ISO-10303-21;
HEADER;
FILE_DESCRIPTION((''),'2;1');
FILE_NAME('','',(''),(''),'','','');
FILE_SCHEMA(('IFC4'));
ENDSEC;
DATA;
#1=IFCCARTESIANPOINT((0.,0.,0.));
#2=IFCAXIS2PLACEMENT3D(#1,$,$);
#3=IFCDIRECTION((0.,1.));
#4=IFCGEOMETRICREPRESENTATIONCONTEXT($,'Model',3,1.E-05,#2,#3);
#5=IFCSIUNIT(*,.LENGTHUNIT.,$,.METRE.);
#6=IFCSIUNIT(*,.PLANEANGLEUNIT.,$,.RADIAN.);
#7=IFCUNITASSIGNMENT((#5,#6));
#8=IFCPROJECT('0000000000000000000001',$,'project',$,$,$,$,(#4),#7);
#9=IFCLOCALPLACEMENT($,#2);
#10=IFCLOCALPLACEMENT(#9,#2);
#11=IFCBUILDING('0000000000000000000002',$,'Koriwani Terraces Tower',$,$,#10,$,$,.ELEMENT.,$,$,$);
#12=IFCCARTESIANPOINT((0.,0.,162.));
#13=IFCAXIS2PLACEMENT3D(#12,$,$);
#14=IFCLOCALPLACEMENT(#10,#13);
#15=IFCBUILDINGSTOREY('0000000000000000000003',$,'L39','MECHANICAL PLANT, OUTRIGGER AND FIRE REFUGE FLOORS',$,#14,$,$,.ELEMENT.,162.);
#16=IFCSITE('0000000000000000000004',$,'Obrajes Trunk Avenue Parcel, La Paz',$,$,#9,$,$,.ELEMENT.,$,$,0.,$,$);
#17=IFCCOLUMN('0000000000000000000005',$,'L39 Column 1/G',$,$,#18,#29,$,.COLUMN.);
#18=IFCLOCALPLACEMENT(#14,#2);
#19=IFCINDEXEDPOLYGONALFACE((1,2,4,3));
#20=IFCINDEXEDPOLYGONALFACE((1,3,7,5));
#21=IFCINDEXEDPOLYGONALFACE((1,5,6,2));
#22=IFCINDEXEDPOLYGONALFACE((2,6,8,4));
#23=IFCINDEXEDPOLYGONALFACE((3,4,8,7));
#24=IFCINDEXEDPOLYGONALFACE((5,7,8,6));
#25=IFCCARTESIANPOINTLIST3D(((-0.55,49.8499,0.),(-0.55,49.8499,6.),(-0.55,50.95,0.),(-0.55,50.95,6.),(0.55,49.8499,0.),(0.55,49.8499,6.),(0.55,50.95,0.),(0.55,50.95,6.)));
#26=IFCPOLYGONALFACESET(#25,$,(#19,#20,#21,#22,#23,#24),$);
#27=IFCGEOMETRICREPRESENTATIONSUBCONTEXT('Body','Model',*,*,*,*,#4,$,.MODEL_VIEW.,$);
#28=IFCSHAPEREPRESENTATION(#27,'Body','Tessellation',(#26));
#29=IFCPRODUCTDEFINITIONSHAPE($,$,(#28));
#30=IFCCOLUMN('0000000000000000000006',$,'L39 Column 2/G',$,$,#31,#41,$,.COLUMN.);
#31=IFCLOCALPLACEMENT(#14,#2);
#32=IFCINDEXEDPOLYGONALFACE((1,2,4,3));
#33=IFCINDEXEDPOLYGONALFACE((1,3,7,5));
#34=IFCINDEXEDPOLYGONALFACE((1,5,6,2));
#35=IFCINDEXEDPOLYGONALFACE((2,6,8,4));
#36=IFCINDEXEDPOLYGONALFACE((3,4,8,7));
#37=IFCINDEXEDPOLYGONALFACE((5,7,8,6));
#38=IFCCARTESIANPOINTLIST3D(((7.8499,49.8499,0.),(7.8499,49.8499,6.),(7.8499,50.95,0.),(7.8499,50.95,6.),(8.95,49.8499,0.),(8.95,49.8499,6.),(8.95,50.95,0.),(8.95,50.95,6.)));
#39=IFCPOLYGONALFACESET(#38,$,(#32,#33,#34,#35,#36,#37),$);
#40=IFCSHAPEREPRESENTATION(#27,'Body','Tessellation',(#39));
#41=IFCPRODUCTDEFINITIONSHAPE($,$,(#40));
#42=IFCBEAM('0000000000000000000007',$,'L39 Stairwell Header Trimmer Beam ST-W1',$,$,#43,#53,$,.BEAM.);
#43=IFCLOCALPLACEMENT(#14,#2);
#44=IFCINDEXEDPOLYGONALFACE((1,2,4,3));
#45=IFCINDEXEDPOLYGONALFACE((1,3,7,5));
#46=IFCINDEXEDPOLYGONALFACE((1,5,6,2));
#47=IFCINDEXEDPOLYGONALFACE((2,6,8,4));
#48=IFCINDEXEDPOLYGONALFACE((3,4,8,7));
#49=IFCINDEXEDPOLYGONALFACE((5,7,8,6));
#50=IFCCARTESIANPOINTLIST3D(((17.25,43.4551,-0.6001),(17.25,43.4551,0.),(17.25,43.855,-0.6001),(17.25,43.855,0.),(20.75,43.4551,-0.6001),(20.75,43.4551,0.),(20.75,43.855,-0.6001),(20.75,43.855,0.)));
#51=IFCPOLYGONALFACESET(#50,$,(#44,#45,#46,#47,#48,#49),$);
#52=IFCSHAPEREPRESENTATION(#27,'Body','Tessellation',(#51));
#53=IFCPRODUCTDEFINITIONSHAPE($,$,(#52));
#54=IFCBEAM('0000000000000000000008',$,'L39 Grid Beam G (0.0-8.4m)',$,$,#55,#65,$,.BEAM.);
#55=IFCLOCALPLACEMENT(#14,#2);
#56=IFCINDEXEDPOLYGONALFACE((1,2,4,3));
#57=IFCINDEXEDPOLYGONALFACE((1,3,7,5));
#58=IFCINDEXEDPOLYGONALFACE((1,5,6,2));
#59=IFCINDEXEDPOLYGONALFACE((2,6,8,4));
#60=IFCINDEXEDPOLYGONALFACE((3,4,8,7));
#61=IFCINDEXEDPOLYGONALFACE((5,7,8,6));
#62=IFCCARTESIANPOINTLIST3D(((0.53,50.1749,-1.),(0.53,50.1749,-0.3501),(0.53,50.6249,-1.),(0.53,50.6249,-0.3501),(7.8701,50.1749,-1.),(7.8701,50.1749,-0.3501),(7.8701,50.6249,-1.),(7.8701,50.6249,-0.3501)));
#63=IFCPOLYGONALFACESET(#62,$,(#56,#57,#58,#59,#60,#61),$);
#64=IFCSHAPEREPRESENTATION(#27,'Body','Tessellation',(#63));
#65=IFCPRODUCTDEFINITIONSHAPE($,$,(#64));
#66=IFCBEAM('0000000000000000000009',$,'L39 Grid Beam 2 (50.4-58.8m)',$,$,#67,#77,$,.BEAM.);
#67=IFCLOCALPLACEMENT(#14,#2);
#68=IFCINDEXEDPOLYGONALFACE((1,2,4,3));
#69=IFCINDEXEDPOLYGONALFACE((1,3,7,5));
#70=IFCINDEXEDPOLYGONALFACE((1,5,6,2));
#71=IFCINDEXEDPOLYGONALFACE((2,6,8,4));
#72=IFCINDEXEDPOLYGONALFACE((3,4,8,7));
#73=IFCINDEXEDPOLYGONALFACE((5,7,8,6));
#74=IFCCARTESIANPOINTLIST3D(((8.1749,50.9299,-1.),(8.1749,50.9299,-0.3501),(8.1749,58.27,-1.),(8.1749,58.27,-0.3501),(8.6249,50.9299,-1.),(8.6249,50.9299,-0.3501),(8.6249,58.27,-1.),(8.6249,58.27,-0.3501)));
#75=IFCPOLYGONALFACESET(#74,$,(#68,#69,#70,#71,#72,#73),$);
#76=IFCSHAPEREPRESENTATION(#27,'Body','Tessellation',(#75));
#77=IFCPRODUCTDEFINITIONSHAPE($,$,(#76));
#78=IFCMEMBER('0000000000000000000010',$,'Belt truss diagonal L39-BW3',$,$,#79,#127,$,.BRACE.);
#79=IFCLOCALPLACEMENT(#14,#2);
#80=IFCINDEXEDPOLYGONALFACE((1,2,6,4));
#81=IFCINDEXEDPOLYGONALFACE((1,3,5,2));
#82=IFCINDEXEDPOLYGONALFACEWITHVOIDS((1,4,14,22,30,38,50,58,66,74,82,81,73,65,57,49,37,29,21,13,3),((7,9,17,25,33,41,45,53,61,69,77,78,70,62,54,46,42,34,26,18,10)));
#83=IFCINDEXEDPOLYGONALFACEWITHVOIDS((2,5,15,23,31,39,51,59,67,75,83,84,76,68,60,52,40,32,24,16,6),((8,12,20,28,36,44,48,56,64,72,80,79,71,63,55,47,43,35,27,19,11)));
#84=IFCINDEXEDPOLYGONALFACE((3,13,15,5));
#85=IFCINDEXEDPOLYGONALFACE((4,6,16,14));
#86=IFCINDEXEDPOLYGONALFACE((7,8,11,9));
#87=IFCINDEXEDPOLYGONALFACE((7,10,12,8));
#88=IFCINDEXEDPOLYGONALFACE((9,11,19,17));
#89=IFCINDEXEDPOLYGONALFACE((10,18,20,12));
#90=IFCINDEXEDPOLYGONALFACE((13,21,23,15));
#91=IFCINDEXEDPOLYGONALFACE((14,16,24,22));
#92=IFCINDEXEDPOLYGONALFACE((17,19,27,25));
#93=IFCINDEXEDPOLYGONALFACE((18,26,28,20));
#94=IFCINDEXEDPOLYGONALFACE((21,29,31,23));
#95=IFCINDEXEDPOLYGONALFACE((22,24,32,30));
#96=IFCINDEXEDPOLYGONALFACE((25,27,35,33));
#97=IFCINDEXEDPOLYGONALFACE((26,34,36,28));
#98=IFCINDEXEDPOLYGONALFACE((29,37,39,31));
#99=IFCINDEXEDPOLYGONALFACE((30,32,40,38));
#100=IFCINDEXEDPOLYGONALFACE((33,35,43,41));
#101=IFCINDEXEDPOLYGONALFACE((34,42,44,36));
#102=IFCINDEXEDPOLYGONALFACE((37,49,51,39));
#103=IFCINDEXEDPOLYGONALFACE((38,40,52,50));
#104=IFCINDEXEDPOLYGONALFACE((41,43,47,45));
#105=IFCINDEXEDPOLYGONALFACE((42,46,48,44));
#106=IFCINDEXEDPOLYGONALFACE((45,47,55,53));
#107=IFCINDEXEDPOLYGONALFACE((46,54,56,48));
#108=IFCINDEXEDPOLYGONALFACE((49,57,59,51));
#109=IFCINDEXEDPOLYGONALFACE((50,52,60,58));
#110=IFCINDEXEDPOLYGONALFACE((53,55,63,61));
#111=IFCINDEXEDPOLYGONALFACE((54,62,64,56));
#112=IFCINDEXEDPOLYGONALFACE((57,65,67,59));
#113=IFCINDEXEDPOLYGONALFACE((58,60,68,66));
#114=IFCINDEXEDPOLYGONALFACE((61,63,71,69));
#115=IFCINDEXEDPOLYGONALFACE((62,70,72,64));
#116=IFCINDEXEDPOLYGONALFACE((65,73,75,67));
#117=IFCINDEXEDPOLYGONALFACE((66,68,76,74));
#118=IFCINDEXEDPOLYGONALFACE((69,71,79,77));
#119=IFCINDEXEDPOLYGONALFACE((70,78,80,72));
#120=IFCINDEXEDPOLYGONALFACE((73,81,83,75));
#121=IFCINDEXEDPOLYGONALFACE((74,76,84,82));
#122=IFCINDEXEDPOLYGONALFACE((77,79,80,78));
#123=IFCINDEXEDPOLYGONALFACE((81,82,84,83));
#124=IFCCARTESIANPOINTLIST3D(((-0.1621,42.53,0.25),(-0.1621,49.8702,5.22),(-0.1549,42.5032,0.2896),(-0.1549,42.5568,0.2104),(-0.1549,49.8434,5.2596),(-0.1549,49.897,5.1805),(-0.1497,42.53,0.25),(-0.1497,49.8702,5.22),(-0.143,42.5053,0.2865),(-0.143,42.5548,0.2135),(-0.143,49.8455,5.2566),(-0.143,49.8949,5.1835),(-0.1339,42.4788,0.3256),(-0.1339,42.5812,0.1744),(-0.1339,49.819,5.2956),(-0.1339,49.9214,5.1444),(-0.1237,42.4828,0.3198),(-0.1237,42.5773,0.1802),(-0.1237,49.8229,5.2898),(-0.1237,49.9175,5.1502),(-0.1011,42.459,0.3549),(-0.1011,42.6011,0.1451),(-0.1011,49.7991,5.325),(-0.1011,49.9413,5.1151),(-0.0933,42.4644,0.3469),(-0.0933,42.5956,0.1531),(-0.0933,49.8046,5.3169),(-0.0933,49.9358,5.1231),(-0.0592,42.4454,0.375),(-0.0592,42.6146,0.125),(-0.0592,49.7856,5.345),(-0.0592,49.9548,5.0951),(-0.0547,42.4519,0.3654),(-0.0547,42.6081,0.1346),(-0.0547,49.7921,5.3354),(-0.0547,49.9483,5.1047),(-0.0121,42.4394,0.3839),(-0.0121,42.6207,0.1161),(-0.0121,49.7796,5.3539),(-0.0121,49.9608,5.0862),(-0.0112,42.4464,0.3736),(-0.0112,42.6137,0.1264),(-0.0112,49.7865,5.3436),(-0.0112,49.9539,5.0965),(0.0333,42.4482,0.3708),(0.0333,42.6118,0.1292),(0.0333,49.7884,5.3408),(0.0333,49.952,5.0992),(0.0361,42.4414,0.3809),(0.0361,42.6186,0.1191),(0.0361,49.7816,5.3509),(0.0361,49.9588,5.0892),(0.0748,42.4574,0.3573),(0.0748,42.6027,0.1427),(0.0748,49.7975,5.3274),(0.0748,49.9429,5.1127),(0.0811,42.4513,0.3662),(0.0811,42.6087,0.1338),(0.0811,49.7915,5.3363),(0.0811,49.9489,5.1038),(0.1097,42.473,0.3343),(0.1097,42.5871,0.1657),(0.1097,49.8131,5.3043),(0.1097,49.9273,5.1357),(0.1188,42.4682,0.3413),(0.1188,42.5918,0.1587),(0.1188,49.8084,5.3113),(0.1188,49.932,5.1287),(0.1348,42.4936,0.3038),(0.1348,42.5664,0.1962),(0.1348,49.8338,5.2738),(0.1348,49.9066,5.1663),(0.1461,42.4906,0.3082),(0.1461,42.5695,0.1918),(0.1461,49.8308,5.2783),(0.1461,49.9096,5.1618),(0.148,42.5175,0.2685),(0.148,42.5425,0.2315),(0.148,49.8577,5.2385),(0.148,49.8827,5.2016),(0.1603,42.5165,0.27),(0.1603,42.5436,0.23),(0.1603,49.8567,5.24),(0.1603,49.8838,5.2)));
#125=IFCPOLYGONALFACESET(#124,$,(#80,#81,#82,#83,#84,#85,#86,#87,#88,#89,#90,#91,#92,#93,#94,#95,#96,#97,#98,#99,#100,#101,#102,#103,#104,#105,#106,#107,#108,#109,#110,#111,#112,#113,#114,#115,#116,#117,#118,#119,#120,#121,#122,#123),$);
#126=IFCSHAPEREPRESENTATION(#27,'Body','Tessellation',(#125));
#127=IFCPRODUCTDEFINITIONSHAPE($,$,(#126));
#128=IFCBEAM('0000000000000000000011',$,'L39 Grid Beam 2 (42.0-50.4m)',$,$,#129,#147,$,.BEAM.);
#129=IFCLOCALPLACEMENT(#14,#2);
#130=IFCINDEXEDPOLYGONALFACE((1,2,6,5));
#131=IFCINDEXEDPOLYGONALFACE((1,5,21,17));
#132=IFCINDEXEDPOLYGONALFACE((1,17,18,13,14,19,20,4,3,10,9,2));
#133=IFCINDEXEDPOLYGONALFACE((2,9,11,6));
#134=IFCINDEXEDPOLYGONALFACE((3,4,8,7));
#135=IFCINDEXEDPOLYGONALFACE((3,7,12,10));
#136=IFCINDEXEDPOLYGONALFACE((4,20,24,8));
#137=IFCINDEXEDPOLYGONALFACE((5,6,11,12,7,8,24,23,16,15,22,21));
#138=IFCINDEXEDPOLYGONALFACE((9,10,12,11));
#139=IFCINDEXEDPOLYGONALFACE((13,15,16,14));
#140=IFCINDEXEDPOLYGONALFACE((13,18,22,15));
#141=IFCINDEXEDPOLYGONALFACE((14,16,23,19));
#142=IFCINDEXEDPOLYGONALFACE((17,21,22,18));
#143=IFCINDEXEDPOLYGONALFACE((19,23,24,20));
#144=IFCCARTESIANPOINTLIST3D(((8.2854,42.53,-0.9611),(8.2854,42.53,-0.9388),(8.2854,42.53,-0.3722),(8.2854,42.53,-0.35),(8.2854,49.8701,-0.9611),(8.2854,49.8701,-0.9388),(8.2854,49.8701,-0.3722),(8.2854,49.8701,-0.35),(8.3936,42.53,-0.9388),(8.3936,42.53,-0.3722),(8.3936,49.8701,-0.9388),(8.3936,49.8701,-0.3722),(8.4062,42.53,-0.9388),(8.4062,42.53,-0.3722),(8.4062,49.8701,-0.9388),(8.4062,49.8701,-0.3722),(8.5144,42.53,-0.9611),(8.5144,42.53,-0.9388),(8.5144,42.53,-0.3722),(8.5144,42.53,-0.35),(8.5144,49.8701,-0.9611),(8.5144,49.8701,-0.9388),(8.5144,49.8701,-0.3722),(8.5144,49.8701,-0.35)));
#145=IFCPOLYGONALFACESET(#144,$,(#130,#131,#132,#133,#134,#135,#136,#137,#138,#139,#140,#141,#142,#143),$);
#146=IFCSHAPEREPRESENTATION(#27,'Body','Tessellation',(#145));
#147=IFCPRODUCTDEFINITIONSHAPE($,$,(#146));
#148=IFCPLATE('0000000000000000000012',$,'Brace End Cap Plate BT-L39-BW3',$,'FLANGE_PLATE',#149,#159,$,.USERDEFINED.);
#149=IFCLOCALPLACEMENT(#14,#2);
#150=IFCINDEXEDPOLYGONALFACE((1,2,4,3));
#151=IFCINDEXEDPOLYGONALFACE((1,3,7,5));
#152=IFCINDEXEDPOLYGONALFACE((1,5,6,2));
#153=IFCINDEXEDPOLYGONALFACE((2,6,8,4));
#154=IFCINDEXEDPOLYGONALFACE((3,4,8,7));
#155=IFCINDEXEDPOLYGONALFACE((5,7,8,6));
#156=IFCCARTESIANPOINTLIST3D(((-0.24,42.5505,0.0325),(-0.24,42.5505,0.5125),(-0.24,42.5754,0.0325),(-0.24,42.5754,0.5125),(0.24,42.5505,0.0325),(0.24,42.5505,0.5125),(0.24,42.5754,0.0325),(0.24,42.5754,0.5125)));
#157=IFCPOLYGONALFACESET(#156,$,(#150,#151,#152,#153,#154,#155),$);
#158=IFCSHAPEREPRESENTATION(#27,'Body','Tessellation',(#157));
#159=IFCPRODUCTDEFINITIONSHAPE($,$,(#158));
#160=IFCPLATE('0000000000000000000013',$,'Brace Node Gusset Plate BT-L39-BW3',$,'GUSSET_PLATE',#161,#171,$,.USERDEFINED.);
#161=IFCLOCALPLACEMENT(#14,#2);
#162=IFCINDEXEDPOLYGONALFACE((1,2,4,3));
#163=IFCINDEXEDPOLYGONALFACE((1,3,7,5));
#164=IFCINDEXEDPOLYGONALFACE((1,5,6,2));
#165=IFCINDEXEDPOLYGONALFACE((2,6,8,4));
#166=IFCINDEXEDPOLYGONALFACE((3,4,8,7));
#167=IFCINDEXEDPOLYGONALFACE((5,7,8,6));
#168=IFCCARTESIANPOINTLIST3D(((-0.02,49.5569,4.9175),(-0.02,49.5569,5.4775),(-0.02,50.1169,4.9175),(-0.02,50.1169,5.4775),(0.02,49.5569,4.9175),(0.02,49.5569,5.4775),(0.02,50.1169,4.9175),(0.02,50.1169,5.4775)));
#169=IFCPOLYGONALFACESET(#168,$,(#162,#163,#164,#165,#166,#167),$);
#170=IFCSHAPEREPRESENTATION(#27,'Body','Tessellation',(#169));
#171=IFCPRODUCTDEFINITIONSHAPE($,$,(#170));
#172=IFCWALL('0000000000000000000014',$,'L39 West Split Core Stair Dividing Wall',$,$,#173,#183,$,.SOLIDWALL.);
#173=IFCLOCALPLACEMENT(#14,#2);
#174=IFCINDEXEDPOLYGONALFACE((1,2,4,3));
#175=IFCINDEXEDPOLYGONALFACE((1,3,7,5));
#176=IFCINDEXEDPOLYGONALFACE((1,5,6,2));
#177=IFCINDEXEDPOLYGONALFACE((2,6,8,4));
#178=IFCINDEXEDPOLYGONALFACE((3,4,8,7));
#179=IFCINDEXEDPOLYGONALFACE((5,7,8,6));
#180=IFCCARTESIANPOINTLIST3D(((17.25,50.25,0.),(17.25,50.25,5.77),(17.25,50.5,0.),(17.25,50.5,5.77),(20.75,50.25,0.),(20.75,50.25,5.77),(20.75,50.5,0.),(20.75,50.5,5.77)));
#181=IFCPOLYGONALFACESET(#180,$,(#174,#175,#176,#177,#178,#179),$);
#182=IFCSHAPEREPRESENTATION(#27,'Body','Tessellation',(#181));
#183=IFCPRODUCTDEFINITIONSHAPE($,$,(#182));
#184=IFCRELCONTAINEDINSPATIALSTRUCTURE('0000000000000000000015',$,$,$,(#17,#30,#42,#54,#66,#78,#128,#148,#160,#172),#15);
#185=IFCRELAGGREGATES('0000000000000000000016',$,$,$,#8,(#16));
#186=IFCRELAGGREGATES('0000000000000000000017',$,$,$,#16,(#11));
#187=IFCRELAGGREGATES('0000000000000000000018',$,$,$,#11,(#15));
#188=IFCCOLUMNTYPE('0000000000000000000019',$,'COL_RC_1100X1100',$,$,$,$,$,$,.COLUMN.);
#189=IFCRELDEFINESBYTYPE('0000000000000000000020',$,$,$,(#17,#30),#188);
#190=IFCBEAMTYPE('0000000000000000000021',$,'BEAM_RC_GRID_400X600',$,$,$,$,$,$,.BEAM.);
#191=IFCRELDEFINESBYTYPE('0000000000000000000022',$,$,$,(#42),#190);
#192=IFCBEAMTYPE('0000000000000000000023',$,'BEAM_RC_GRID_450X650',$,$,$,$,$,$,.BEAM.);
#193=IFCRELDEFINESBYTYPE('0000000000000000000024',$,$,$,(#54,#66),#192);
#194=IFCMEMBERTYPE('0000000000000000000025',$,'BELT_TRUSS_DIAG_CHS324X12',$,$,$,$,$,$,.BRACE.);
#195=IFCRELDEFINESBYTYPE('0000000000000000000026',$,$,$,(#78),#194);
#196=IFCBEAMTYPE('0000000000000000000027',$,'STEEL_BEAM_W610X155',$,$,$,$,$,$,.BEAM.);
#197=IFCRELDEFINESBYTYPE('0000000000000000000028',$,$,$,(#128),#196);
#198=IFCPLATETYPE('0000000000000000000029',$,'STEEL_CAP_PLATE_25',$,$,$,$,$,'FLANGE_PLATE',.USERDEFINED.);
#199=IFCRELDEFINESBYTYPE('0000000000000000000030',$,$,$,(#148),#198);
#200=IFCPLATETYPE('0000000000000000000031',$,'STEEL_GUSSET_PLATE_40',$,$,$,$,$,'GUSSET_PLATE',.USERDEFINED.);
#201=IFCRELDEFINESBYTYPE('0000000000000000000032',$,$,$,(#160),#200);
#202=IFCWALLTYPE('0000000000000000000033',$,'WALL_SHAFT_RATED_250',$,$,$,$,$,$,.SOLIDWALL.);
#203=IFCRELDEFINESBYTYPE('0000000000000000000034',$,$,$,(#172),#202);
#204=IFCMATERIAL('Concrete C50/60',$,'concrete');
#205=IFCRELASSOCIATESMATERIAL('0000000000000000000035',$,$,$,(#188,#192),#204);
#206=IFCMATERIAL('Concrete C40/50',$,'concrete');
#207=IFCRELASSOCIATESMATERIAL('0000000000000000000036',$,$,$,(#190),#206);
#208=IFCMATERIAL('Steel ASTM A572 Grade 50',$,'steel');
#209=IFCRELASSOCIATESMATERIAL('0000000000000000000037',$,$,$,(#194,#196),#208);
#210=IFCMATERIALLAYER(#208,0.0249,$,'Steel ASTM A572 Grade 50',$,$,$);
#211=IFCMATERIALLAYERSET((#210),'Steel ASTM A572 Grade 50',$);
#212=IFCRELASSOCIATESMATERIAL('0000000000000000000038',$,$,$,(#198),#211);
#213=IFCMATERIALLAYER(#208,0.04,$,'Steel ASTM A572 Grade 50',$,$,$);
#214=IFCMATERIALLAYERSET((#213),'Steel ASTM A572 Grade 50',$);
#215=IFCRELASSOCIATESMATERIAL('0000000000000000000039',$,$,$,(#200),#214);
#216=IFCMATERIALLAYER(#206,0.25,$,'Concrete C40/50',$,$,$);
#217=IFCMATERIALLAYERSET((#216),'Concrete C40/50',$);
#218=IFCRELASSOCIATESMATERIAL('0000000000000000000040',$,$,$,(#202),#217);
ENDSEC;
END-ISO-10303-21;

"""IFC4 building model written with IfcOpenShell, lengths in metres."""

from ifc_helpers import new_model, si_unit, direction, frame, frame_2d, origin, origin_2d, place, context, subcontext, project, spatial, rectangle, hollow_circle, i_section, extrude, material, layer, layer_set, material_profile, profile_set, type_object, element, save


model = new_model("IFC4")

# Units and contexts
model_context = context("Model", 3, precision=1e-05, world=origin(), true_north=direction((0.0, 1.0)))
body_context = subcontext(model_context, "Body", "Model", "MODEL_VIEW")
ifc_project = project(units=[si_unit("LENGTHUNIT", "METRE"), si_unit("PLANEANGLEUNIT", "RADIAN")], contexts=[model_context])

# Site, building, storey
site_placement = place(None, origin())
site = spatial("IfcSite", under=ifc_project, at=site_placement, Name="Obrajes Trunk Avenue Parcel, La Paz", CompositionType="ELEMENT", RefElevation=0.0)
building_placement = place(site_placement, origin())
building = spatial("IfcBuilding", under=site, at=building_placement, Name="Koriwani Terraces Tower", CompositionType="ELEMENT")
storey_placement = place(building_placement, frame((0.0, 0.0, 162.0)))
storey = spatial("IfcBuildingStorey", under=building, at=storey_placement, Name="L39", Description="MECHANICAL PLANT, OUTRIGGER AND FIRE REFUGE FLOORS", CompositionType="ELEMENT", Elevation=162.0)

# Columns
ifc_material_1 = material(Name="Concrete C50/60", Category="concrete")
ifc_material_profile_1 = material_profile(ifc_material_1, rectangle(XDim=1.1001, YDim=1.1001, at=origin_2d()), Name="Concrete C50/60", Category="LoadBearing")
ifc_profile_set_1 = profile_set([ifc_material_profile_1], Name="Concrete C50/60")
column_type = type_object("IfcColumnType", Name="COL_RC_1100X1100", PredefinedType="COLUMN", material=ifc_profile_set_1)
for number, where, z_axis, x_axis, name in (
    (1, (0.0, 50.3999, 0.0), (0.0, 0.0, 1.0), (1.0, 0.0, 0.0), "L39 Column 1/G"),
    (2, (8.3999, 50.3999, 0.0), (0.0, 0.0, 1.0), (1.0, 0.0, 0.0), "L39 Column 2/G"),
):
    element("IfcColumn", number, at=place(storey_placement, frame(where, z_axis=z_axis, x_axis=x_axis)), inside=storey, type_object=column_type, Name=name, PredefinedType="COLUMN", context=body_context, shape_type="SweptSolid", body=[
        extrude(rectangle(XDim=1.1001, YDim=1.1001, at=origin_2d()), origin(), (0.0, 0.0, 1.0), 6.0),
    ])

# Beams
ifc_material_2 = material(Name="Concrete C40/50", Category="concrete")
ifc_material_profile_2 = material_profile(ifc_material_2, rectangle(XDim=0.3999, YDim=0.6001, at=origin_2d()), Name="Concrete C40/50", Category="LoadBearing")
ifc_profile_set_2 = profile_set([ifc_material_profile_2], Name="Concrete C40/50")
beam_type_1 = type_object("IfcBeamType", Name="BEAM_RC_GRID_400X600", PredefinedType="BEAM", material=ifc_profile_set_2)
beam_1_placement = place(storey_placement, frame((17.25, 43.655, -0.3), z_axis=(1.0, 0.0, 0.0), x_axis=(0.0, 1.0, 0.0)))
element("IfcBeam", 3, at=beam_1_placement, inside=storey, type_object=beam_type_1, Name="L39 Stairwell Header Trimmer Beam ST-W1", PredefinedType="BEAM", context=body_context, shape_type="SweptSolid", body=[
    extrude(rectangle(XDim=0.3999, YDim=0.6001, at=origin_2d()), origin(), (0.0, 0.0, 1.0), 3.5),
])
ifc_material_profile_3 = material_profile(ifc_material_1, rectangle(XDim=0.45, YDim=0.6499, at=origin_2d()), Name="Concrete C50/60", Category="LoadBearing")
ifc_profile_set_3 = profile_set([ifc_material_profile_3], Name="Concrete C50/60")
beam_type_2 = type_object("IfcBeamType", Name="BEAM_RC_GRID_450X650", PredefinedType="BEAM", material=ifc_profile_set_3)
for number, where, z_axis, x_axis, name in (
    (4, (0.53, 50.3999, -0.675), (1.0, 0.0, 0.0), (0.0, 1.0, 0.0), "L39 Grid Beam G (0.0-8.4m)"),
    (5, (8.3999, 50.9299, -0.675), (0.0, 1.0, 0.0), (-1.0, 0.0, 0.0), "L39 Grid Beam 2 (50.4-58.8m)"),
):
    element("IfcBeam", number, at=place(storey_placement, frame(where, z_axis=z_axis, x_axis=x_axis)), inside=storey, type_object=beam_type_2, Name=name, PredefinedType="BEAM", context=body_context, shape_type="SweptSolid", body=[
        extrude(rectangle(XDim=0.45, YDim=0.6499, at=origin_2d()), origin(), (0.0, 0.0, 1.0), 7.3401),
    ])

# Member
ifc_material_3 = material(Name="Steel ASTM A572 Grade 50", Category="steel")
ifc_material_profile_4 = material_profile(ifc_material_3, hollow_circle(Radius=0.1621, WallThickness=0.0125, at=origin_2d()), Name="Steel ASTM A572 Grade 50", Category="LoadBearing")
ifc_profile_set_4 = profile_set([ifc_material_profile_4], Name="Steel ASTM A572 Grade 50")
member_type = type_object("IfcMemberType", Name="BELT_TRUSS_DIAG_CHS324X12", PredefinedType="BRACE", material=ifc_profile_set_4)
member_placement = place(storey_placement, frame((0.0, 42.53, 0.25), z_axis=(0.0, 0.828042, 0.560667), x_axis=(-1.0, 0.0, 0.0)))
element("IfcMember", 6, at=member_placement, inside=storey, type_object=member_type, Name="Belt truss diagonal L39-BW3", PredefinedType="BRACE", context=body_context, shape_type="SweptSolid", body=[
    extrude(hollow_circle(Radius=0.1621, WallThickness=0.0125, at=origin_2d()), origin(), (0.0, 0.0, 1.0), 8.8645),
])

# Beam
ifc_material_profile_5 = material_profile(ifc_material_3, i_section(OverallWidth=0.229, OverallDepth=0.6111, WebThickness=0.0127, FlangeThickness=0.0222, at=origin_2d()), Name="Steel ASTM A572 Grade 50", Category="LoadBearing")
ifc_profile_set_5 = profile_set([ifc_material_profile_5], Name="Steel ASTM A572 Grade 50")
beam_type_3 = type_object("IfcBeamType", Name="STEEL_BEAM_W610X155", PredefinedType="BEAM", material=ifc_profile_set_5)
beam_2_placement = place(storey_placement, frame((8.3999, 42.53, -0.6555), z_axis=(0.0, 1.0, 0.0), x_axis=(-1.0, 0.0, 0.0)))
element("IfcBeam", 7, at=beam_2_placement, inside=storey, type_object=beam_type_3, Name="L39 Grid Beam 2 (42.0-50.4m)", PredefinedType="BEAM", context=body_context, shape_type="SweptSolid", body=[
    extrude(i_section(OverallWidth=0.229, OverallDepth=0.6111, WebThickness=0.0127, FlangeThickness=0.0222, at=origin_2d()), origin(), (0.0, 0.0, 1.0), 7.3401),
])

# Plates
ifc_layer_1 = layer(ifc_material_3, 0.0249, Name="Steel ASTM A572 Grade 50")
ifc_layer_set_1 = layer_set([ifc_layer_1], Name="Steel ASTM A572 Grade 50")
plate_type_1 = type_object("IfcPlateType", Name="STEEL_CAP_PLATE_25", ElementType="FLANGE_PLATE", PredefinedType="USERDEFINED", material=ifc_layer_set_1)
plate_1_placement = place(storey_placement, frame((0.0, 42.563, 0.0325), z_axis=(0.0, 0.0, 1.0), x_axis=(0.0, 1.0, 0.0)))
element("IfcPlate", 8, at=plate_1_placement, inside=storey, type_object=plate_type_1, Name="Brace End Cap Plate BT-L39-BW3", ObjectType="FLANGE_PLATE", PredefinedType="USERDEFINED", context=body_context, shape_type="SweptSolid", body=[
    extrude(rectangle(XDim=0.0249, YDim=0.48, at=origin_2d()), origin(), (0.0, 0.0, 1.0), 0.48),
])
ifc_layer_2 = layer(ifc_material_3, 0.04, Name="Steel ASTM A572 Grade 50")
ifc_layer_set_2 = layer_set([ifc_layer_2], Name="Steel ASTM A572 Grade 50")
plate_type_2 = type_object("IfcPlateType", Name="STEEL_GUSSET_PLATE_40", ElementType="GUSSET_PLATE", PredefinedType="USERDEFINED", material=ifc_layer_set_2)
plate_2_placement = place(storey_placement, frame((0.0, 49.8369, 4.9175), z_axis=(0.0, 0.0, 1.0), x_axis=(0.0, 1.0, 0.0)))
element("IfcPlate", 9, at=plate_2_placement, inside=storey, type_object=plate_type_2, Name="Brace Node Gusset Plate BT-L39-BW3", ObjectType="GUSSET_PLATE", PredefinedType="USERDEFINED", context=body_context, shape_type="SweptSolid", body=[
    extrude(rectangle(XDim=0.5601, YDim=0.04, at=origin_2d()), origin(), (0.0, 0.0, 1.0), 0.5601),
])

# Wall
ifc_layer_3 = layer(ifc_material_2, 0.25, Name="Concrete C40/50")
ifc_layer_set_3 = layer_set([ifc_layer_3], Name="Concrete C40/50")
wall_type = type_object("IfcWallType", Name="WALL_SHAFT_RATED_250", PredefinedType="SOLIDWALL", material=ifc_layer_set_3)
wall_1_placement = place(storey_placement, frame((17.25, 50.375, 0.0), z_axis=(0.0, 0.0, 1.0), x_axis=(1.0, 0.0, 0.0)))
element("IfcWall", 10, at=wall_1_placement, inside=storey, type_object=wall_type, Name="L39 West Split Core Stair Dividing Wall", PredefinedType="SOLIDWALL", context=body_context, shape_type="SweptSolid", body=[
    extrude(rectangle(XDim=3.5, YDim=0.25, at=frame_2d((1.75, 0.0))), origin(), (0.0, 0.0, 1.0), 5.77),
])

save(model, "model.ifc")
